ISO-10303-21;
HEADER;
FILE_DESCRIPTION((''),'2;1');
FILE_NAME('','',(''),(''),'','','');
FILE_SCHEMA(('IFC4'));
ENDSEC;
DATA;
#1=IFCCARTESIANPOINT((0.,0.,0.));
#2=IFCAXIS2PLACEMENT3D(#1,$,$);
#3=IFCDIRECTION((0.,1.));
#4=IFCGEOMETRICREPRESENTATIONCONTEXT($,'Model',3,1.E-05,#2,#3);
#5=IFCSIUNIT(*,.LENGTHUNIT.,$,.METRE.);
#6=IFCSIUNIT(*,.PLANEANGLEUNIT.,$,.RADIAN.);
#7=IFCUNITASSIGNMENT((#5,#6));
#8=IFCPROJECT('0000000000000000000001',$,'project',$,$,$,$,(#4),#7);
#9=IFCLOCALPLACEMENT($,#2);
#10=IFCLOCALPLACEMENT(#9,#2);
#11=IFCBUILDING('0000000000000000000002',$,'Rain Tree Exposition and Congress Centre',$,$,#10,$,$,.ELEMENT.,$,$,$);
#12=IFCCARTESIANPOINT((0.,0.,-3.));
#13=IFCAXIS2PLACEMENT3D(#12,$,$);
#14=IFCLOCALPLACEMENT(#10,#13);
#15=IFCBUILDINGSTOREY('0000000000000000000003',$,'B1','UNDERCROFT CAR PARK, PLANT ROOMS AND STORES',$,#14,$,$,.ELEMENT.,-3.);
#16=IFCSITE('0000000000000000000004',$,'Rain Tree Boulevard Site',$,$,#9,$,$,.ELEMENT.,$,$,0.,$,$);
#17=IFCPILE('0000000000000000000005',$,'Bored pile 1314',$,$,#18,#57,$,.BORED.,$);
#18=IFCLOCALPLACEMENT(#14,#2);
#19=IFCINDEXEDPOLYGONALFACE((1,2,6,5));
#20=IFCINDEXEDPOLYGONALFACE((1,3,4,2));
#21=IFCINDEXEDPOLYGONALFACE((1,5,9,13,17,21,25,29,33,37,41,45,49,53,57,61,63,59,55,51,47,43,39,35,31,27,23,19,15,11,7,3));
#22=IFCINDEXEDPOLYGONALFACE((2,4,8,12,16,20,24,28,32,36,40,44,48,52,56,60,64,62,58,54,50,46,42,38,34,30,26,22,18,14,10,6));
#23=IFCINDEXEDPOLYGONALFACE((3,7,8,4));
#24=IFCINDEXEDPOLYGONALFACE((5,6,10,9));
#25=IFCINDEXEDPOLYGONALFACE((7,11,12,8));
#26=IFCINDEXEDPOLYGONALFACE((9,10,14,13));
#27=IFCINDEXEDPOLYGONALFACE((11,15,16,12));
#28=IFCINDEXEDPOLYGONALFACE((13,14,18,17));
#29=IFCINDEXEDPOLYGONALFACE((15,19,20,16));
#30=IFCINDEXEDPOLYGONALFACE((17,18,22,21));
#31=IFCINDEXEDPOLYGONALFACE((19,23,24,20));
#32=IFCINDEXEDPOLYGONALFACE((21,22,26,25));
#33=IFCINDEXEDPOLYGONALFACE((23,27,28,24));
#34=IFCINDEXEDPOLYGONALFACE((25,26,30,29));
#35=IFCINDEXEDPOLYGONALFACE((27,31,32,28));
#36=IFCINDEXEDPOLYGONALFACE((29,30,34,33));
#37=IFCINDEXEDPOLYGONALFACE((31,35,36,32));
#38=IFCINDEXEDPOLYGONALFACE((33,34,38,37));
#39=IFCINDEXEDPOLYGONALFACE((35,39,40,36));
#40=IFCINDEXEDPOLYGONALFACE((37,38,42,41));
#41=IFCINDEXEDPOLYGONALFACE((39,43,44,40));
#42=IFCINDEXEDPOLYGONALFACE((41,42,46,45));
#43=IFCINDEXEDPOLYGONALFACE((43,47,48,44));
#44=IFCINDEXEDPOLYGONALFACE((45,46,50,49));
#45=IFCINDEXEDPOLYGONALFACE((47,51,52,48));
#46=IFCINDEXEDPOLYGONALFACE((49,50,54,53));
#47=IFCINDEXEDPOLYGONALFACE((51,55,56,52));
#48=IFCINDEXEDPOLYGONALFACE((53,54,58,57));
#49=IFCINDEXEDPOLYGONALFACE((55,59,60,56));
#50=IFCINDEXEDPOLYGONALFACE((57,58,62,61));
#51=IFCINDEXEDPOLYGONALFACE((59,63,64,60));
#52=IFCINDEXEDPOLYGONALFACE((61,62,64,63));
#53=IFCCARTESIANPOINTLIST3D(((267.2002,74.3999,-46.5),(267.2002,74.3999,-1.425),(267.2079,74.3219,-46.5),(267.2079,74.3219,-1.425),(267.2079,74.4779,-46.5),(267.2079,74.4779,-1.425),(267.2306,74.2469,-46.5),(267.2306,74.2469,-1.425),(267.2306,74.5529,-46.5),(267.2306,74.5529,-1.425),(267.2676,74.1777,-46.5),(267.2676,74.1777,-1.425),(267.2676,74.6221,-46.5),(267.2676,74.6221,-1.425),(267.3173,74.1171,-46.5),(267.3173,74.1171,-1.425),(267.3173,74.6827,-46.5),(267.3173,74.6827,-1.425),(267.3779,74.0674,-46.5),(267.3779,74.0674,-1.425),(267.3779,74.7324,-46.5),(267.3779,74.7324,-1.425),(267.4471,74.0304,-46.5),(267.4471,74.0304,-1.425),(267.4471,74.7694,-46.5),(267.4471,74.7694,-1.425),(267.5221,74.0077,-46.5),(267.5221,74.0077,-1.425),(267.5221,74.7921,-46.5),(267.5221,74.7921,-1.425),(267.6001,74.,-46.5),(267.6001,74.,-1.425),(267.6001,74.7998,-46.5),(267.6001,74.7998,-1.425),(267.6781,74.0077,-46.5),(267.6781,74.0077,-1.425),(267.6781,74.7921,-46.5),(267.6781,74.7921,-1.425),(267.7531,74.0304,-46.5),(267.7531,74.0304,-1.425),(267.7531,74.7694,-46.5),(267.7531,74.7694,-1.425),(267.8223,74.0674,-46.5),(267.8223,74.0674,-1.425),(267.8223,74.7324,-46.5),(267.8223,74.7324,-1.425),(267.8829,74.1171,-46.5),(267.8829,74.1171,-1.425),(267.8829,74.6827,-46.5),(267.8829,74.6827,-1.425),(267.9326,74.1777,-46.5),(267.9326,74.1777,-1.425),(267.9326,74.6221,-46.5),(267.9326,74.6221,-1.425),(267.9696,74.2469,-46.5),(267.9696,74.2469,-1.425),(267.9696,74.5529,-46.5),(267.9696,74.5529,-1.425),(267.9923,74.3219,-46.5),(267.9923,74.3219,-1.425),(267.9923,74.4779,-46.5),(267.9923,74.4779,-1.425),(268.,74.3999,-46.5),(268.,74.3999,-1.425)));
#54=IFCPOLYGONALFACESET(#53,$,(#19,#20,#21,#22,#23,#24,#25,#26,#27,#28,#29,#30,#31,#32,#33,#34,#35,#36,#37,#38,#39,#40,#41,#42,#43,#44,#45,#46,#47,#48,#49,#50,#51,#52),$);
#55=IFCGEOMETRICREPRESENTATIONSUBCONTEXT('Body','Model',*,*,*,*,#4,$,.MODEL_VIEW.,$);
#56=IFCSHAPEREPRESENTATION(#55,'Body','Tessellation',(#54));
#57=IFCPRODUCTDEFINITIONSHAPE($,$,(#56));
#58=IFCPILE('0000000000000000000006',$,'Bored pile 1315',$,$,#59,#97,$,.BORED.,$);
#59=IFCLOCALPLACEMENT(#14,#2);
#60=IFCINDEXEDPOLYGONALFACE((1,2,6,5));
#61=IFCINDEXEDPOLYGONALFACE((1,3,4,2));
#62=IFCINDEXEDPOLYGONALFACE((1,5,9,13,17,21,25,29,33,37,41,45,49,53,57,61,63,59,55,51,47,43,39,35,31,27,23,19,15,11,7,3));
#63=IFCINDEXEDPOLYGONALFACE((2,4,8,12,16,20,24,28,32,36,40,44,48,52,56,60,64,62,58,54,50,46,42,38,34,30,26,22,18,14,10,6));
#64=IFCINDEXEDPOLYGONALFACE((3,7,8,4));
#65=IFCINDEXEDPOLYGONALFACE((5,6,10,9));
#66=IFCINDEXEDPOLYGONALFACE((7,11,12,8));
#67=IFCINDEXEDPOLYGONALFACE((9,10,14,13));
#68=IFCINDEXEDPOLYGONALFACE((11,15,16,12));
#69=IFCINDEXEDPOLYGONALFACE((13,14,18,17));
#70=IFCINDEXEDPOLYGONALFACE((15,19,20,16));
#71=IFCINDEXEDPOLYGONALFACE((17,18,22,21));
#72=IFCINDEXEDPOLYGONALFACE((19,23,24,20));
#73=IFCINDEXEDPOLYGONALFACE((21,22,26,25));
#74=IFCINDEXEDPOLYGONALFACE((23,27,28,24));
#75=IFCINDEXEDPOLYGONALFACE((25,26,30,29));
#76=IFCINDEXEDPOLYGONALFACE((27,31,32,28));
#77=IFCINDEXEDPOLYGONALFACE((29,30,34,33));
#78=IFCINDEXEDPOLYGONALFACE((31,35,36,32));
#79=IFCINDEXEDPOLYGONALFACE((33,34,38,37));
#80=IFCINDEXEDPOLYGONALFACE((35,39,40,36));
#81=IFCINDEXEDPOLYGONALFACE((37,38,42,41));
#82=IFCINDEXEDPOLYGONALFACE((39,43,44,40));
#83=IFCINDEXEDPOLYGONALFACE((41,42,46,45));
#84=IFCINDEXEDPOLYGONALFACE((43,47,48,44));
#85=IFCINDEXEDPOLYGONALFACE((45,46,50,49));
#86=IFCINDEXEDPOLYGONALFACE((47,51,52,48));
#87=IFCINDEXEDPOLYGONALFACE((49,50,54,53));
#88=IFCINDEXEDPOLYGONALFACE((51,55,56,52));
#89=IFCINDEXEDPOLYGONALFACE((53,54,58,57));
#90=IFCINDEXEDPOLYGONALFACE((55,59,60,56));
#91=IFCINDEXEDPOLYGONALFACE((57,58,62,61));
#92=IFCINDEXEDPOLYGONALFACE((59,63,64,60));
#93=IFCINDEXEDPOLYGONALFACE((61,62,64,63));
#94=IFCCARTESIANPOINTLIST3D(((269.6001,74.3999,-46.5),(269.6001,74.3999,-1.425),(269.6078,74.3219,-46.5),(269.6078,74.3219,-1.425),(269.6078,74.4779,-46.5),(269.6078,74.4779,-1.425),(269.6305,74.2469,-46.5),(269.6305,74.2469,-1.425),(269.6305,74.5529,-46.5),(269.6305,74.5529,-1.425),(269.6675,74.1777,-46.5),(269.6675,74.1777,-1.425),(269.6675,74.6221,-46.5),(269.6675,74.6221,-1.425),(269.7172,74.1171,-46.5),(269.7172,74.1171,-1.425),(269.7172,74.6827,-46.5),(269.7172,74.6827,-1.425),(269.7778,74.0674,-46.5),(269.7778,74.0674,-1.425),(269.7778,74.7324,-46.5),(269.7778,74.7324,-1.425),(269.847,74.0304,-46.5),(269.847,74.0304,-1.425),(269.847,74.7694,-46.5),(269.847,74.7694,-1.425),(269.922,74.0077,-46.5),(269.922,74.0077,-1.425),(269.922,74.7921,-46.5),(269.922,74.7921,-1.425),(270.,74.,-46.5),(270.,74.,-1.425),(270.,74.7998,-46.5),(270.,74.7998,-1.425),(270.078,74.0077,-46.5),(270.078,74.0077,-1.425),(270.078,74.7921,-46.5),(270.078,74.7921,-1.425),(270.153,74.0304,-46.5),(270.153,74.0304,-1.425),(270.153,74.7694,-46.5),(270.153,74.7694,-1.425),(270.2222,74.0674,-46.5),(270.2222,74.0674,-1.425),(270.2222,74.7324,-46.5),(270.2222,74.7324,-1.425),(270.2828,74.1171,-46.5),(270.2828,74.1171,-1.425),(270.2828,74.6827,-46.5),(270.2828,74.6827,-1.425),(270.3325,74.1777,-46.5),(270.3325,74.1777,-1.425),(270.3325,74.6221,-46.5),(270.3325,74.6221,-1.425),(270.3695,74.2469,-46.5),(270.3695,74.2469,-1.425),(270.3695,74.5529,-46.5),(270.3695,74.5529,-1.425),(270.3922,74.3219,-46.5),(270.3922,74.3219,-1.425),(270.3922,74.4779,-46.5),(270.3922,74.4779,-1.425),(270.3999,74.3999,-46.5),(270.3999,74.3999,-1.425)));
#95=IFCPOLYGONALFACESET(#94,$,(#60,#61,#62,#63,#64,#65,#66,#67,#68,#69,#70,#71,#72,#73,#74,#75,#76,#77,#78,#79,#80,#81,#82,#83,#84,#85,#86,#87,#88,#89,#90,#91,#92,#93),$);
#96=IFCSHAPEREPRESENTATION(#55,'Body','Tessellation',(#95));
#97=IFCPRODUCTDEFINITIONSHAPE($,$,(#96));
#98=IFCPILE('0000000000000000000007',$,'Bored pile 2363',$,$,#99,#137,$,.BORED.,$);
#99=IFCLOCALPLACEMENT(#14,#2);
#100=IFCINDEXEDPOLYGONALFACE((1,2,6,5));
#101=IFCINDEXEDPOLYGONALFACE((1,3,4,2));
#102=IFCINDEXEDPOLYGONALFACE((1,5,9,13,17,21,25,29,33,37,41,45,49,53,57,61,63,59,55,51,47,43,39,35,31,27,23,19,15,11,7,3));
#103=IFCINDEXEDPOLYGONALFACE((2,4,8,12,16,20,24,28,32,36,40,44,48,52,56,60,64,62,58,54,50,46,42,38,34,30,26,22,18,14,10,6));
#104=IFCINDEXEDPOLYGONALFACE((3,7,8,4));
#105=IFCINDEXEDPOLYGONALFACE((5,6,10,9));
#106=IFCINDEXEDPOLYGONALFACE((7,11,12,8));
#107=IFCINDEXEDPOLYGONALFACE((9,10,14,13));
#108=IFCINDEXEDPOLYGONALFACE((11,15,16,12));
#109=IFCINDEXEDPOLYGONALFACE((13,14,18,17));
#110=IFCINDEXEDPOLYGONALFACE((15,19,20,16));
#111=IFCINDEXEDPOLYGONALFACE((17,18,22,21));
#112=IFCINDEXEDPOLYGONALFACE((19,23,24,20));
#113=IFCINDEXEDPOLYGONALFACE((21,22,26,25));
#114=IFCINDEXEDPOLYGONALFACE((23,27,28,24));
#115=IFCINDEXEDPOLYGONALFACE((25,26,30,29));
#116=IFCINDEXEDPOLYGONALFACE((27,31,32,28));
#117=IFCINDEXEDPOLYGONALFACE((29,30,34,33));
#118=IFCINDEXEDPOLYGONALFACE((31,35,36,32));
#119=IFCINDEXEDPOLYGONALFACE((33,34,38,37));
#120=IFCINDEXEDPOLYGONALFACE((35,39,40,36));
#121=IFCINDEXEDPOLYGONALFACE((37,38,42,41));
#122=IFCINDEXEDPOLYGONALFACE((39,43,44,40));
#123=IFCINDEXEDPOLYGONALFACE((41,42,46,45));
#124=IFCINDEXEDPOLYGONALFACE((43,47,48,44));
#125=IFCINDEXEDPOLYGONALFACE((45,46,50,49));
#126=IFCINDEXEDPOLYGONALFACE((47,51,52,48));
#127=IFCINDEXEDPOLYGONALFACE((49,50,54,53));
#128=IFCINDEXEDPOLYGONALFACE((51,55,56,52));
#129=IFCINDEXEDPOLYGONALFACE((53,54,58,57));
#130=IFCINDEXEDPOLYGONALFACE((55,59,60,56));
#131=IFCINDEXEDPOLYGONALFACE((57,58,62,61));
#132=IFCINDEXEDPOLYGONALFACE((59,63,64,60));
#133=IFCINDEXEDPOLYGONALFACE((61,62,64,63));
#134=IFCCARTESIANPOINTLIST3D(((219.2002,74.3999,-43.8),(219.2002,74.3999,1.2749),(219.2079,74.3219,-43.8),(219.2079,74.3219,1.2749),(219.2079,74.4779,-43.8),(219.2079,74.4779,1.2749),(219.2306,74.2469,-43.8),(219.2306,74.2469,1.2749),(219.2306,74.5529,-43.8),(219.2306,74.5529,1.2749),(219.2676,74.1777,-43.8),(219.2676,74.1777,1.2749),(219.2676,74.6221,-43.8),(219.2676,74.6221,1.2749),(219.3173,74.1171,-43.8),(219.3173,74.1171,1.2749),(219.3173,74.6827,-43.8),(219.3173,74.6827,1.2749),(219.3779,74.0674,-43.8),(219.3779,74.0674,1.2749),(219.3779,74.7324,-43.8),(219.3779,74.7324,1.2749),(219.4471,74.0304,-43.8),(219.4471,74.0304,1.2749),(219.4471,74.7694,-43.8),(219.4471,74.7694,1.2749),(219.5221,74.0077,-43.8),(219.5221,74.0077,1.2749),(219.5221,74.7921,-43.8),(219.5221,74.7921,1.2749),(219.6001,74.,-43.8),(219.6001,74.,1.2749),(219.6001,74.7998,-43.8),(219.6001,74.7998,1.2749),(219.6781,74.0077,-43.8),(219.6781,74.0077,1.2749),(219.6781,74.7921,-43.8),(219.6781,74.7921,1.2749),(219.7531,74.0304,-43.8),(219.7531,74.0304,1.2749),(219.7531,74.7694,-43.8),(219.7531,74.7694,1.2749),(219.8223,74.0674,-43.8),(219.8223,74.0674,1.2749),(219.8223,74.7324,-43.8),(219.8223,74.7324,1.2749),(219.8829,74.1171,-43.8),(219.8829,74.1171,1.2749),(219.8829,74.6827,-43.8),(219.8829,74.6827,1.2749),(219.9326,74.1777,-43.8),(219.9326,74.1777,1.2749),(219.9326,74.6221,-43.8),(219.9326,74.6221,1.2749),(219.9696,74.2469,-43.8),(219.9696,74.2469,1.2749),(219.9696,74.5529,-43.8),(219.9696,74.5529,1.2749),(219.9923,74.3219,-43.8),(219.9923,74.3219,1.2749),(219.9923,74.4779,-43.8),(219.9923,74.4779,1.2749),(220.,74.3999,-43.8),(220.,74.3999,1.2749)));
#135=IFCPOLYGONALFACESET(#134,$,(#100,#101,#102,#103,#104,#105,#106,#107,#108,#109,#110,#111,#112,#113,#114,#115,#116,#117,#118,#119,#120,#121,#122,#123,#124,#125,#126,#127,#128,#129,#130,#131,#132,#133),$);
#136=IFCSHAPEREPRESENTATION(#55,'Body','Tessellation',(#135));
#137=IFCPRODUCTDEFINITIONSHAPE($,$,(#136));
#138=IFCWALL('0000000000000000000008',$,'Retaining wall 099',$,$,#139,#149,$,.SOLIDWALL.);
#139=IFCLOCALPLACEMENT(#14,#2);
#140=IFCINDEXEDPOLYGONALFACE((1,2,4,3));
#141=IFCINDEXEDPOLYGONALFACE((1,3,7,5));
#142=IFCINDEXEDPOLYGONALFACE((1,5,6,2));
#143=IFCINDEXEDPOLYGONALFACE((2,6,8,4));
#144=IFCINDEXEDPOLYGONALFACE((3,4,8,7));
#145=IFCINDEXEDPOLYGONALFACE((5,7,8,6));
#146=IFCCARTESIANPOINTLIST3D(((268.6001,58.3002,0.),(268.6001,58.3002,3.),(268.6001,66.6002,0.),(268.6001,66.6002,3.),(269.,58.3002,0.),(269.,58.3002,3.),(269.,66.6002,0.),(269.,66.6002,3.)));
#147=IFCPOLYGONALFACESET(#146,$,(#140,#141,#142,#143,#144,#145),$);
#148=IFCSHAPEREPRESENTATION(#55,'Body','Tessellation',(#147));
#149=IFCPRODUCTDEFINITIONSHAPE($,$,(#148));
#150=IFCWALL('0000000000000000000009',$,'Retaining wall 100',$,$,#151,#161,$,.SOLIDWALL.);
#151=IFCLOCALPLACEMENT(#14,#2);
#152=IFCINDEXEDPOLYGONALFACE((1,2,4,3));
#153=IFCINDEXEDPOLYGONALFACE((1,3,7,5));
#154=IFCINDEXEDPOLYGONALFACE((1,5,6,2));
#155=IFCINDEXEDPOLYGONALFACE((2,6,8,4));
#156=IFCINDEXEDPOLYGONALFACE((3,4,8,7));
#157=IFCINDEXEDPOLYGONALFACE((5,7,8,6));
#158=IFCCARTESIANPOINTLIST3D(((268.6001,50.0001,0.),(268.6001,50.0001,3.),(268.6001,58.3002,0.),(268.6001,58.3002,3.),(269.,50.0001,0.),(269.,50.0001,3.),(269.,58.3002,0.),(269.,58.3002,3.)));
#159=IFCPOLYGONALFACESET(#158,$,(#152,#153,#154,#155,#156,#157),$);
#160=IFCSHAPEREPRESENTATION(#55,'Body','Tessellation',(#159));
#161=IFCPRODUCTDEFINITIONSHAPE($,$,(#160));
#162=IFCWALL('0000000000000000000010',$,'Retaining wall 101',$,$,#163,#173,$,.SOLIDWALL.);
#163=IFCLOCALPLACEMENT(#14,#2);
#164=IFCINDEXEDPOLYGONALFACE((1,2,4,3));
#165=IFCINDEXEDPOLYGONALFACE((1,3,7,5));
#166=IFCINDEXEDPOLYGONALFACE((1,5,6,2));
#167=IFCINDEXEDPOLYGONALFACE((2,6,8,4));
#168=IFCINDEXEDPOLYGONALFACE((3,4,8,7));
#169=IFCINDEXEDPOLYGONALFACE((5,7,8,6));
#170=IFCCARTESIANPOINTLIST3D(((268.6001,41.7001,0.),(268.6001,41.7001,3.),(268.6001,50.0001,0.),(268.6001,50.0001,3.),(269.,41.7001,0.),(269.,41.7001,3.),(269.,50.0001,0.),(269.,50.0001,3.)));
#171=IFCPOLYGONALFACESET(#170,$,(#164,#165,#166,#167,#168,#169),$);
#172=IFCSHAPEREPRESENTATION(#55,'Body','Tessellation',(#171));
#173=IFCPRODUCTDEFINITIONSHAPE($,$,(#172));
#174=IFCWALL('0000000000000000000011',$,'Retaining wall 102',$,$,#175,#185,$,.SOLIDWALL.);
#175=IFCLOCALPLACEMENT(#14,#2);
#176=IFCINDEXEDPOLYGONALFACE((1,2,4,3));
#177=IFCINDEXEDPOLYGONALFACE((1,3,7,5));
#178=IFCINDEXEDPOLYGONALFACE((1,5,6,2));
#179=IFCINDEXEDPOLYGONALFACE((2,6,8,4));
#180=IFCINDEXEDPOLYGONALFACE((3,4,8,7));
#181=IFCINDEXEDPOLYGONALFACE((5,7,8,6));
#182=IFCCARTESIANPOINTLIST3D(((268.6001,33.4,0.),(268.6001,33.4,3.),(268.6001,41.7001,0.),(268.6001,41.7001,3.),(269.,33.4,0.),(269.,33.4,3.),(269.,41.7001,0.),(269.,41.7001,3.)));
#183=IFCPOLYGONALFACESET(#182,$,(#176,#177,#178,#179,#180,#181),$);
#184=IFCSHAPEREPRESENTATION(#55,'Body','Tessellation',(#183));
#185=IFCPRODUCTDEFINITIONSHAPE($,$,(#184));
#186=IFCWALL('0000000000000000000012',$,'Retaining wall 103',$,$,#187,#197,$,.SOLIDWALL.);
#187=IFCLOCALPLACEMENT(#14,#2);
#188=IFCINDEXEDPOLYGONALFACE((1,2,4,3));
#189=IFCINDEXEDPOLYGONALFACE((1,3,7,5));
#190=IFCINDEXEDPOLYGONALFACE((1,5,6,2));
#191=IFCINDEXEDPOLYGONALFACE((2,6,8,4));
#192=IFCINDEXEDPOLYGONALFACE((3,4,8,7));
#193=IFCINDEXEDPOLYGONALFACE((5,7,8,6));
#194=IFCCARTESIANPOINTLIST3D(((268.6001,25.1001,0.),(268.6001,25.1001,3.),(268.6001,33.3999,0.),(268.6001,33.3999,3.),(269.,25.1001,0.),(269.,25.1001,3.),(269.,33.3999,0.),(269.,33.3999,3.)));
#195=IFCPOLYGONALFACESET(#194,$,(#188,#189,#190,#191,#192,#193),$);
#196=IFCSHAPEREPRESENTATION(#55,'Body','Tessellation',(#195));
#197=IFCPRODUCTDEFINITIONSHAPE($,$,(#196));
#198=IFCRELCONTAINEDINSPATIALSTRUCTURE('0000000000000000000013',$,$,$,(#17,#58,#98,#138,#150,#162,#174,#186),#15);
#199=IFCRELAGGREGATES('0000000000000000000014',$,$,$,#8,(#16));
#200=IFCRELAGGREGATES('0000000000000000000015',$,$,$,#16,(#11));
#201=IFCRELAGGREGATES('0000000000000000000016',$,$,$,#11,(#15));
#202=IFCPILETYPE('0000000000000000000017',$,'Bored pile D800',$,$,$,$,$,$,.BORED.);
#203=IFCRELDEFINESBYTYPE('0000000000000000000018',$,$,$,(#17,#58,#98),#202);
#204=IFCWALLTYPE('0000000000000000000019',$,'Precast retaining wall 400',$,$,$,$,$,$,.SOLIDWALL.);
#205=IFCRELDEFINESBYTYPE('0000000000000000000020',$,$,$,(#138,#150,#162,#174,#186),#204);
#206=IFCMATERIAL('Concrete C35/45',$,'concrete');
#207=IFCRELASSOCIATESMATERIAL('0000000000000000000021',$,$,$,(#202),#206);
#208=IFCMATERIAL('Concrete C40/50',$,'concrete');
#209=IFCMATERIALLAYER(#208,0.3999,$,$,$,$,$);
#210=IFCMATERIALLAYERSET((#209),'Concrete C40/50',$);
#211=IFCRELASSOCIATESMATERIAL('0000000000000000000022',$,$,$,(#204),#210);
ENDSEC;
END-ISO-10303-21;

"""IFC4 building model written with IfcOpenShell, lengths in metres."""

from ifc_helpers import new_model, si_unit, direction, frame, frame_2d, origin, origin_2d, place, context, subcontext, project, spatial, rectangle, circle, extrude, material, layer, layer_set, material_profile, profile_set, type_object, element, save


model = new_model("IFC4")

# Units and contexts
model_context = context("Model", 3, precision=1e-05, world=origin(), true_north=direction((0.0, 1.0)))
body_context = subcontext(model_context, "Body", "Model", "MODEL_VIEW")
ifc_project = project(units=[si_unit("LENGTHUNIT", "METRE"), si_unit("PLANEANGLEUNIT", "RADIAN")], contexts=[model_context])

# Site, building, storey
site_placement = place(None, origin())
site = spatial("IfcSite", under=ifc_project, at=site_placement, Name="Rain Tree Boulevard Site", CompositionType="ELEMENT", RefElevation=0.0)
building_placement = place(site_placement, origin())
building = spatial("IfcBuilding", under=site, at=building_placement, Name="Rain Tree Exposition and Congress Centre", CompositionType="ELEMENT")
storey_placement = place(building_placement, frame((0.0, 0.0, -3.0)))
storey = spatial("IfcBuildingStorey", under=building, at=storey_placement, Name="B1", Description="UNDERCROFT CAR PARK, PLANT ROOMS AND STORES", CompositionType="ELEMENT", Elevation=-3.0)

# Piles
ifc_material_1 = material(Name="Concrete C35/45", Category="concrete")
ifc_material_profile_1 = material_profile(ifc_material_1, circle(Radius=0.3999, at=origin_2d()), Name="D800")
ifc_profile_set_1 = profile_set([ifc_material_profile_1], Name="Concrete C35/45")
pile_type_1 = type_object("IfcPileType", Name="Bored pile D800", PredefinedType="BORED", material=ifc_profile_set_1)
for number, where, z_axis, x_axis, name in (
    (1, (267.6001, 74.3999, -1.425), (0.0, 0.0, -1.0), (1.0, 0.0, 0.0), "Bored pile 1314"),
    (2, (270.0, 74.3999, -1.425), (0.0, 0.0, -1.0), (1.0, 0.0, 0.0), "Bored pile 1315"),
    (3, (219.6001, 74.3999, 1.2749), (0.0, 0.0, -1.0), (1.0, 0.0, 0.0), "Bored pile 2363"),
):
    element("IfcPile", number, at=place(storey_placement, frame(where, z_axis=z_axis, x_axis=x_axis)), inside=storey, type_object=pile_type_1, Name=name, PredefinedType="BORED", context=body_context, shape_type="SweptSolid", body=[
        extrude(circle(Radius=0.3999, at=origin_2d()), origin(), (0.0, 0.0, 1.0), 45.075),
    ])

# Walls
ifc_material_2 = material(Name="Concrete C40/50", Category="concrete")
ifc_layer = layer(ifc_material_2, 0.3999)
ifc_layer_set = layer_set([ifc_layer], Name="Concrete C40/50")
wall_type = type_object("IfcWallType", Name="Precast retaining wall 400", PredefinedType="SOLIDWALL", material=ifc_layer_set)
for number, where, z_axis, x_axis, name in (
    (4, (268.8, 66.6001, 0.0), (0.0, 0.0, 1.0), (0.0, -1.0, 0.0), "Retaining wall 099"),
    (5, (268.8, 58.3, 0.0), (0.0, 0.0, 1.0), (0.0, -1.0, 0.0), "Retaining wall 100"),
    (6, (268.8, 50.0, 0.0), (0.0, 0.0, 1.0), (0.0, -1.0, 0.0), "Retaining wall 101"),
    (7, (268.8, 41.7, 0.0), (0.0, 0.0, 1.0), (0.0, -1.0, 0.0), "Retaining wall 102"),
):
    element("IfcWall", number, at=place(storey_placement, frame(where, z_axis=z_axis, x_axis=x_axis)), inside=storey, type_object=wall_type, Name=name, PredefinedType="SOLIDWALL", context=body_context, shape_type="SweptSolid", body=[
        extrude(rectangle(XDim=8.3, YDim=0.3999, at=frame_2d((4.1499, 0.0))), origin(), (0.0, 0.0, 1.0), 3.0),
    ])
wall_placement = place(storey_placement, frame((268.8, 33.3999, 0.0), z_axis=(0.0, 0.0, 1.0), x_axis=(0.0, -1.0, 0.0)))
element("IfcWall", 8, at=wall_placement, inside=storey, type_object=wall_type, Name="Retaining wall 103", PredefinedType="SOLIDWALL", context=body_context, shape_type="SweptSolid", body=[
    extrude(rectangle(XDim=8.2998, YDim=0.3999, at=frame_2d((4.1499, 0.0))), origin(), (0.0, 0.0, 1.0), 3.0),
])

save(model, "model.ifc")
